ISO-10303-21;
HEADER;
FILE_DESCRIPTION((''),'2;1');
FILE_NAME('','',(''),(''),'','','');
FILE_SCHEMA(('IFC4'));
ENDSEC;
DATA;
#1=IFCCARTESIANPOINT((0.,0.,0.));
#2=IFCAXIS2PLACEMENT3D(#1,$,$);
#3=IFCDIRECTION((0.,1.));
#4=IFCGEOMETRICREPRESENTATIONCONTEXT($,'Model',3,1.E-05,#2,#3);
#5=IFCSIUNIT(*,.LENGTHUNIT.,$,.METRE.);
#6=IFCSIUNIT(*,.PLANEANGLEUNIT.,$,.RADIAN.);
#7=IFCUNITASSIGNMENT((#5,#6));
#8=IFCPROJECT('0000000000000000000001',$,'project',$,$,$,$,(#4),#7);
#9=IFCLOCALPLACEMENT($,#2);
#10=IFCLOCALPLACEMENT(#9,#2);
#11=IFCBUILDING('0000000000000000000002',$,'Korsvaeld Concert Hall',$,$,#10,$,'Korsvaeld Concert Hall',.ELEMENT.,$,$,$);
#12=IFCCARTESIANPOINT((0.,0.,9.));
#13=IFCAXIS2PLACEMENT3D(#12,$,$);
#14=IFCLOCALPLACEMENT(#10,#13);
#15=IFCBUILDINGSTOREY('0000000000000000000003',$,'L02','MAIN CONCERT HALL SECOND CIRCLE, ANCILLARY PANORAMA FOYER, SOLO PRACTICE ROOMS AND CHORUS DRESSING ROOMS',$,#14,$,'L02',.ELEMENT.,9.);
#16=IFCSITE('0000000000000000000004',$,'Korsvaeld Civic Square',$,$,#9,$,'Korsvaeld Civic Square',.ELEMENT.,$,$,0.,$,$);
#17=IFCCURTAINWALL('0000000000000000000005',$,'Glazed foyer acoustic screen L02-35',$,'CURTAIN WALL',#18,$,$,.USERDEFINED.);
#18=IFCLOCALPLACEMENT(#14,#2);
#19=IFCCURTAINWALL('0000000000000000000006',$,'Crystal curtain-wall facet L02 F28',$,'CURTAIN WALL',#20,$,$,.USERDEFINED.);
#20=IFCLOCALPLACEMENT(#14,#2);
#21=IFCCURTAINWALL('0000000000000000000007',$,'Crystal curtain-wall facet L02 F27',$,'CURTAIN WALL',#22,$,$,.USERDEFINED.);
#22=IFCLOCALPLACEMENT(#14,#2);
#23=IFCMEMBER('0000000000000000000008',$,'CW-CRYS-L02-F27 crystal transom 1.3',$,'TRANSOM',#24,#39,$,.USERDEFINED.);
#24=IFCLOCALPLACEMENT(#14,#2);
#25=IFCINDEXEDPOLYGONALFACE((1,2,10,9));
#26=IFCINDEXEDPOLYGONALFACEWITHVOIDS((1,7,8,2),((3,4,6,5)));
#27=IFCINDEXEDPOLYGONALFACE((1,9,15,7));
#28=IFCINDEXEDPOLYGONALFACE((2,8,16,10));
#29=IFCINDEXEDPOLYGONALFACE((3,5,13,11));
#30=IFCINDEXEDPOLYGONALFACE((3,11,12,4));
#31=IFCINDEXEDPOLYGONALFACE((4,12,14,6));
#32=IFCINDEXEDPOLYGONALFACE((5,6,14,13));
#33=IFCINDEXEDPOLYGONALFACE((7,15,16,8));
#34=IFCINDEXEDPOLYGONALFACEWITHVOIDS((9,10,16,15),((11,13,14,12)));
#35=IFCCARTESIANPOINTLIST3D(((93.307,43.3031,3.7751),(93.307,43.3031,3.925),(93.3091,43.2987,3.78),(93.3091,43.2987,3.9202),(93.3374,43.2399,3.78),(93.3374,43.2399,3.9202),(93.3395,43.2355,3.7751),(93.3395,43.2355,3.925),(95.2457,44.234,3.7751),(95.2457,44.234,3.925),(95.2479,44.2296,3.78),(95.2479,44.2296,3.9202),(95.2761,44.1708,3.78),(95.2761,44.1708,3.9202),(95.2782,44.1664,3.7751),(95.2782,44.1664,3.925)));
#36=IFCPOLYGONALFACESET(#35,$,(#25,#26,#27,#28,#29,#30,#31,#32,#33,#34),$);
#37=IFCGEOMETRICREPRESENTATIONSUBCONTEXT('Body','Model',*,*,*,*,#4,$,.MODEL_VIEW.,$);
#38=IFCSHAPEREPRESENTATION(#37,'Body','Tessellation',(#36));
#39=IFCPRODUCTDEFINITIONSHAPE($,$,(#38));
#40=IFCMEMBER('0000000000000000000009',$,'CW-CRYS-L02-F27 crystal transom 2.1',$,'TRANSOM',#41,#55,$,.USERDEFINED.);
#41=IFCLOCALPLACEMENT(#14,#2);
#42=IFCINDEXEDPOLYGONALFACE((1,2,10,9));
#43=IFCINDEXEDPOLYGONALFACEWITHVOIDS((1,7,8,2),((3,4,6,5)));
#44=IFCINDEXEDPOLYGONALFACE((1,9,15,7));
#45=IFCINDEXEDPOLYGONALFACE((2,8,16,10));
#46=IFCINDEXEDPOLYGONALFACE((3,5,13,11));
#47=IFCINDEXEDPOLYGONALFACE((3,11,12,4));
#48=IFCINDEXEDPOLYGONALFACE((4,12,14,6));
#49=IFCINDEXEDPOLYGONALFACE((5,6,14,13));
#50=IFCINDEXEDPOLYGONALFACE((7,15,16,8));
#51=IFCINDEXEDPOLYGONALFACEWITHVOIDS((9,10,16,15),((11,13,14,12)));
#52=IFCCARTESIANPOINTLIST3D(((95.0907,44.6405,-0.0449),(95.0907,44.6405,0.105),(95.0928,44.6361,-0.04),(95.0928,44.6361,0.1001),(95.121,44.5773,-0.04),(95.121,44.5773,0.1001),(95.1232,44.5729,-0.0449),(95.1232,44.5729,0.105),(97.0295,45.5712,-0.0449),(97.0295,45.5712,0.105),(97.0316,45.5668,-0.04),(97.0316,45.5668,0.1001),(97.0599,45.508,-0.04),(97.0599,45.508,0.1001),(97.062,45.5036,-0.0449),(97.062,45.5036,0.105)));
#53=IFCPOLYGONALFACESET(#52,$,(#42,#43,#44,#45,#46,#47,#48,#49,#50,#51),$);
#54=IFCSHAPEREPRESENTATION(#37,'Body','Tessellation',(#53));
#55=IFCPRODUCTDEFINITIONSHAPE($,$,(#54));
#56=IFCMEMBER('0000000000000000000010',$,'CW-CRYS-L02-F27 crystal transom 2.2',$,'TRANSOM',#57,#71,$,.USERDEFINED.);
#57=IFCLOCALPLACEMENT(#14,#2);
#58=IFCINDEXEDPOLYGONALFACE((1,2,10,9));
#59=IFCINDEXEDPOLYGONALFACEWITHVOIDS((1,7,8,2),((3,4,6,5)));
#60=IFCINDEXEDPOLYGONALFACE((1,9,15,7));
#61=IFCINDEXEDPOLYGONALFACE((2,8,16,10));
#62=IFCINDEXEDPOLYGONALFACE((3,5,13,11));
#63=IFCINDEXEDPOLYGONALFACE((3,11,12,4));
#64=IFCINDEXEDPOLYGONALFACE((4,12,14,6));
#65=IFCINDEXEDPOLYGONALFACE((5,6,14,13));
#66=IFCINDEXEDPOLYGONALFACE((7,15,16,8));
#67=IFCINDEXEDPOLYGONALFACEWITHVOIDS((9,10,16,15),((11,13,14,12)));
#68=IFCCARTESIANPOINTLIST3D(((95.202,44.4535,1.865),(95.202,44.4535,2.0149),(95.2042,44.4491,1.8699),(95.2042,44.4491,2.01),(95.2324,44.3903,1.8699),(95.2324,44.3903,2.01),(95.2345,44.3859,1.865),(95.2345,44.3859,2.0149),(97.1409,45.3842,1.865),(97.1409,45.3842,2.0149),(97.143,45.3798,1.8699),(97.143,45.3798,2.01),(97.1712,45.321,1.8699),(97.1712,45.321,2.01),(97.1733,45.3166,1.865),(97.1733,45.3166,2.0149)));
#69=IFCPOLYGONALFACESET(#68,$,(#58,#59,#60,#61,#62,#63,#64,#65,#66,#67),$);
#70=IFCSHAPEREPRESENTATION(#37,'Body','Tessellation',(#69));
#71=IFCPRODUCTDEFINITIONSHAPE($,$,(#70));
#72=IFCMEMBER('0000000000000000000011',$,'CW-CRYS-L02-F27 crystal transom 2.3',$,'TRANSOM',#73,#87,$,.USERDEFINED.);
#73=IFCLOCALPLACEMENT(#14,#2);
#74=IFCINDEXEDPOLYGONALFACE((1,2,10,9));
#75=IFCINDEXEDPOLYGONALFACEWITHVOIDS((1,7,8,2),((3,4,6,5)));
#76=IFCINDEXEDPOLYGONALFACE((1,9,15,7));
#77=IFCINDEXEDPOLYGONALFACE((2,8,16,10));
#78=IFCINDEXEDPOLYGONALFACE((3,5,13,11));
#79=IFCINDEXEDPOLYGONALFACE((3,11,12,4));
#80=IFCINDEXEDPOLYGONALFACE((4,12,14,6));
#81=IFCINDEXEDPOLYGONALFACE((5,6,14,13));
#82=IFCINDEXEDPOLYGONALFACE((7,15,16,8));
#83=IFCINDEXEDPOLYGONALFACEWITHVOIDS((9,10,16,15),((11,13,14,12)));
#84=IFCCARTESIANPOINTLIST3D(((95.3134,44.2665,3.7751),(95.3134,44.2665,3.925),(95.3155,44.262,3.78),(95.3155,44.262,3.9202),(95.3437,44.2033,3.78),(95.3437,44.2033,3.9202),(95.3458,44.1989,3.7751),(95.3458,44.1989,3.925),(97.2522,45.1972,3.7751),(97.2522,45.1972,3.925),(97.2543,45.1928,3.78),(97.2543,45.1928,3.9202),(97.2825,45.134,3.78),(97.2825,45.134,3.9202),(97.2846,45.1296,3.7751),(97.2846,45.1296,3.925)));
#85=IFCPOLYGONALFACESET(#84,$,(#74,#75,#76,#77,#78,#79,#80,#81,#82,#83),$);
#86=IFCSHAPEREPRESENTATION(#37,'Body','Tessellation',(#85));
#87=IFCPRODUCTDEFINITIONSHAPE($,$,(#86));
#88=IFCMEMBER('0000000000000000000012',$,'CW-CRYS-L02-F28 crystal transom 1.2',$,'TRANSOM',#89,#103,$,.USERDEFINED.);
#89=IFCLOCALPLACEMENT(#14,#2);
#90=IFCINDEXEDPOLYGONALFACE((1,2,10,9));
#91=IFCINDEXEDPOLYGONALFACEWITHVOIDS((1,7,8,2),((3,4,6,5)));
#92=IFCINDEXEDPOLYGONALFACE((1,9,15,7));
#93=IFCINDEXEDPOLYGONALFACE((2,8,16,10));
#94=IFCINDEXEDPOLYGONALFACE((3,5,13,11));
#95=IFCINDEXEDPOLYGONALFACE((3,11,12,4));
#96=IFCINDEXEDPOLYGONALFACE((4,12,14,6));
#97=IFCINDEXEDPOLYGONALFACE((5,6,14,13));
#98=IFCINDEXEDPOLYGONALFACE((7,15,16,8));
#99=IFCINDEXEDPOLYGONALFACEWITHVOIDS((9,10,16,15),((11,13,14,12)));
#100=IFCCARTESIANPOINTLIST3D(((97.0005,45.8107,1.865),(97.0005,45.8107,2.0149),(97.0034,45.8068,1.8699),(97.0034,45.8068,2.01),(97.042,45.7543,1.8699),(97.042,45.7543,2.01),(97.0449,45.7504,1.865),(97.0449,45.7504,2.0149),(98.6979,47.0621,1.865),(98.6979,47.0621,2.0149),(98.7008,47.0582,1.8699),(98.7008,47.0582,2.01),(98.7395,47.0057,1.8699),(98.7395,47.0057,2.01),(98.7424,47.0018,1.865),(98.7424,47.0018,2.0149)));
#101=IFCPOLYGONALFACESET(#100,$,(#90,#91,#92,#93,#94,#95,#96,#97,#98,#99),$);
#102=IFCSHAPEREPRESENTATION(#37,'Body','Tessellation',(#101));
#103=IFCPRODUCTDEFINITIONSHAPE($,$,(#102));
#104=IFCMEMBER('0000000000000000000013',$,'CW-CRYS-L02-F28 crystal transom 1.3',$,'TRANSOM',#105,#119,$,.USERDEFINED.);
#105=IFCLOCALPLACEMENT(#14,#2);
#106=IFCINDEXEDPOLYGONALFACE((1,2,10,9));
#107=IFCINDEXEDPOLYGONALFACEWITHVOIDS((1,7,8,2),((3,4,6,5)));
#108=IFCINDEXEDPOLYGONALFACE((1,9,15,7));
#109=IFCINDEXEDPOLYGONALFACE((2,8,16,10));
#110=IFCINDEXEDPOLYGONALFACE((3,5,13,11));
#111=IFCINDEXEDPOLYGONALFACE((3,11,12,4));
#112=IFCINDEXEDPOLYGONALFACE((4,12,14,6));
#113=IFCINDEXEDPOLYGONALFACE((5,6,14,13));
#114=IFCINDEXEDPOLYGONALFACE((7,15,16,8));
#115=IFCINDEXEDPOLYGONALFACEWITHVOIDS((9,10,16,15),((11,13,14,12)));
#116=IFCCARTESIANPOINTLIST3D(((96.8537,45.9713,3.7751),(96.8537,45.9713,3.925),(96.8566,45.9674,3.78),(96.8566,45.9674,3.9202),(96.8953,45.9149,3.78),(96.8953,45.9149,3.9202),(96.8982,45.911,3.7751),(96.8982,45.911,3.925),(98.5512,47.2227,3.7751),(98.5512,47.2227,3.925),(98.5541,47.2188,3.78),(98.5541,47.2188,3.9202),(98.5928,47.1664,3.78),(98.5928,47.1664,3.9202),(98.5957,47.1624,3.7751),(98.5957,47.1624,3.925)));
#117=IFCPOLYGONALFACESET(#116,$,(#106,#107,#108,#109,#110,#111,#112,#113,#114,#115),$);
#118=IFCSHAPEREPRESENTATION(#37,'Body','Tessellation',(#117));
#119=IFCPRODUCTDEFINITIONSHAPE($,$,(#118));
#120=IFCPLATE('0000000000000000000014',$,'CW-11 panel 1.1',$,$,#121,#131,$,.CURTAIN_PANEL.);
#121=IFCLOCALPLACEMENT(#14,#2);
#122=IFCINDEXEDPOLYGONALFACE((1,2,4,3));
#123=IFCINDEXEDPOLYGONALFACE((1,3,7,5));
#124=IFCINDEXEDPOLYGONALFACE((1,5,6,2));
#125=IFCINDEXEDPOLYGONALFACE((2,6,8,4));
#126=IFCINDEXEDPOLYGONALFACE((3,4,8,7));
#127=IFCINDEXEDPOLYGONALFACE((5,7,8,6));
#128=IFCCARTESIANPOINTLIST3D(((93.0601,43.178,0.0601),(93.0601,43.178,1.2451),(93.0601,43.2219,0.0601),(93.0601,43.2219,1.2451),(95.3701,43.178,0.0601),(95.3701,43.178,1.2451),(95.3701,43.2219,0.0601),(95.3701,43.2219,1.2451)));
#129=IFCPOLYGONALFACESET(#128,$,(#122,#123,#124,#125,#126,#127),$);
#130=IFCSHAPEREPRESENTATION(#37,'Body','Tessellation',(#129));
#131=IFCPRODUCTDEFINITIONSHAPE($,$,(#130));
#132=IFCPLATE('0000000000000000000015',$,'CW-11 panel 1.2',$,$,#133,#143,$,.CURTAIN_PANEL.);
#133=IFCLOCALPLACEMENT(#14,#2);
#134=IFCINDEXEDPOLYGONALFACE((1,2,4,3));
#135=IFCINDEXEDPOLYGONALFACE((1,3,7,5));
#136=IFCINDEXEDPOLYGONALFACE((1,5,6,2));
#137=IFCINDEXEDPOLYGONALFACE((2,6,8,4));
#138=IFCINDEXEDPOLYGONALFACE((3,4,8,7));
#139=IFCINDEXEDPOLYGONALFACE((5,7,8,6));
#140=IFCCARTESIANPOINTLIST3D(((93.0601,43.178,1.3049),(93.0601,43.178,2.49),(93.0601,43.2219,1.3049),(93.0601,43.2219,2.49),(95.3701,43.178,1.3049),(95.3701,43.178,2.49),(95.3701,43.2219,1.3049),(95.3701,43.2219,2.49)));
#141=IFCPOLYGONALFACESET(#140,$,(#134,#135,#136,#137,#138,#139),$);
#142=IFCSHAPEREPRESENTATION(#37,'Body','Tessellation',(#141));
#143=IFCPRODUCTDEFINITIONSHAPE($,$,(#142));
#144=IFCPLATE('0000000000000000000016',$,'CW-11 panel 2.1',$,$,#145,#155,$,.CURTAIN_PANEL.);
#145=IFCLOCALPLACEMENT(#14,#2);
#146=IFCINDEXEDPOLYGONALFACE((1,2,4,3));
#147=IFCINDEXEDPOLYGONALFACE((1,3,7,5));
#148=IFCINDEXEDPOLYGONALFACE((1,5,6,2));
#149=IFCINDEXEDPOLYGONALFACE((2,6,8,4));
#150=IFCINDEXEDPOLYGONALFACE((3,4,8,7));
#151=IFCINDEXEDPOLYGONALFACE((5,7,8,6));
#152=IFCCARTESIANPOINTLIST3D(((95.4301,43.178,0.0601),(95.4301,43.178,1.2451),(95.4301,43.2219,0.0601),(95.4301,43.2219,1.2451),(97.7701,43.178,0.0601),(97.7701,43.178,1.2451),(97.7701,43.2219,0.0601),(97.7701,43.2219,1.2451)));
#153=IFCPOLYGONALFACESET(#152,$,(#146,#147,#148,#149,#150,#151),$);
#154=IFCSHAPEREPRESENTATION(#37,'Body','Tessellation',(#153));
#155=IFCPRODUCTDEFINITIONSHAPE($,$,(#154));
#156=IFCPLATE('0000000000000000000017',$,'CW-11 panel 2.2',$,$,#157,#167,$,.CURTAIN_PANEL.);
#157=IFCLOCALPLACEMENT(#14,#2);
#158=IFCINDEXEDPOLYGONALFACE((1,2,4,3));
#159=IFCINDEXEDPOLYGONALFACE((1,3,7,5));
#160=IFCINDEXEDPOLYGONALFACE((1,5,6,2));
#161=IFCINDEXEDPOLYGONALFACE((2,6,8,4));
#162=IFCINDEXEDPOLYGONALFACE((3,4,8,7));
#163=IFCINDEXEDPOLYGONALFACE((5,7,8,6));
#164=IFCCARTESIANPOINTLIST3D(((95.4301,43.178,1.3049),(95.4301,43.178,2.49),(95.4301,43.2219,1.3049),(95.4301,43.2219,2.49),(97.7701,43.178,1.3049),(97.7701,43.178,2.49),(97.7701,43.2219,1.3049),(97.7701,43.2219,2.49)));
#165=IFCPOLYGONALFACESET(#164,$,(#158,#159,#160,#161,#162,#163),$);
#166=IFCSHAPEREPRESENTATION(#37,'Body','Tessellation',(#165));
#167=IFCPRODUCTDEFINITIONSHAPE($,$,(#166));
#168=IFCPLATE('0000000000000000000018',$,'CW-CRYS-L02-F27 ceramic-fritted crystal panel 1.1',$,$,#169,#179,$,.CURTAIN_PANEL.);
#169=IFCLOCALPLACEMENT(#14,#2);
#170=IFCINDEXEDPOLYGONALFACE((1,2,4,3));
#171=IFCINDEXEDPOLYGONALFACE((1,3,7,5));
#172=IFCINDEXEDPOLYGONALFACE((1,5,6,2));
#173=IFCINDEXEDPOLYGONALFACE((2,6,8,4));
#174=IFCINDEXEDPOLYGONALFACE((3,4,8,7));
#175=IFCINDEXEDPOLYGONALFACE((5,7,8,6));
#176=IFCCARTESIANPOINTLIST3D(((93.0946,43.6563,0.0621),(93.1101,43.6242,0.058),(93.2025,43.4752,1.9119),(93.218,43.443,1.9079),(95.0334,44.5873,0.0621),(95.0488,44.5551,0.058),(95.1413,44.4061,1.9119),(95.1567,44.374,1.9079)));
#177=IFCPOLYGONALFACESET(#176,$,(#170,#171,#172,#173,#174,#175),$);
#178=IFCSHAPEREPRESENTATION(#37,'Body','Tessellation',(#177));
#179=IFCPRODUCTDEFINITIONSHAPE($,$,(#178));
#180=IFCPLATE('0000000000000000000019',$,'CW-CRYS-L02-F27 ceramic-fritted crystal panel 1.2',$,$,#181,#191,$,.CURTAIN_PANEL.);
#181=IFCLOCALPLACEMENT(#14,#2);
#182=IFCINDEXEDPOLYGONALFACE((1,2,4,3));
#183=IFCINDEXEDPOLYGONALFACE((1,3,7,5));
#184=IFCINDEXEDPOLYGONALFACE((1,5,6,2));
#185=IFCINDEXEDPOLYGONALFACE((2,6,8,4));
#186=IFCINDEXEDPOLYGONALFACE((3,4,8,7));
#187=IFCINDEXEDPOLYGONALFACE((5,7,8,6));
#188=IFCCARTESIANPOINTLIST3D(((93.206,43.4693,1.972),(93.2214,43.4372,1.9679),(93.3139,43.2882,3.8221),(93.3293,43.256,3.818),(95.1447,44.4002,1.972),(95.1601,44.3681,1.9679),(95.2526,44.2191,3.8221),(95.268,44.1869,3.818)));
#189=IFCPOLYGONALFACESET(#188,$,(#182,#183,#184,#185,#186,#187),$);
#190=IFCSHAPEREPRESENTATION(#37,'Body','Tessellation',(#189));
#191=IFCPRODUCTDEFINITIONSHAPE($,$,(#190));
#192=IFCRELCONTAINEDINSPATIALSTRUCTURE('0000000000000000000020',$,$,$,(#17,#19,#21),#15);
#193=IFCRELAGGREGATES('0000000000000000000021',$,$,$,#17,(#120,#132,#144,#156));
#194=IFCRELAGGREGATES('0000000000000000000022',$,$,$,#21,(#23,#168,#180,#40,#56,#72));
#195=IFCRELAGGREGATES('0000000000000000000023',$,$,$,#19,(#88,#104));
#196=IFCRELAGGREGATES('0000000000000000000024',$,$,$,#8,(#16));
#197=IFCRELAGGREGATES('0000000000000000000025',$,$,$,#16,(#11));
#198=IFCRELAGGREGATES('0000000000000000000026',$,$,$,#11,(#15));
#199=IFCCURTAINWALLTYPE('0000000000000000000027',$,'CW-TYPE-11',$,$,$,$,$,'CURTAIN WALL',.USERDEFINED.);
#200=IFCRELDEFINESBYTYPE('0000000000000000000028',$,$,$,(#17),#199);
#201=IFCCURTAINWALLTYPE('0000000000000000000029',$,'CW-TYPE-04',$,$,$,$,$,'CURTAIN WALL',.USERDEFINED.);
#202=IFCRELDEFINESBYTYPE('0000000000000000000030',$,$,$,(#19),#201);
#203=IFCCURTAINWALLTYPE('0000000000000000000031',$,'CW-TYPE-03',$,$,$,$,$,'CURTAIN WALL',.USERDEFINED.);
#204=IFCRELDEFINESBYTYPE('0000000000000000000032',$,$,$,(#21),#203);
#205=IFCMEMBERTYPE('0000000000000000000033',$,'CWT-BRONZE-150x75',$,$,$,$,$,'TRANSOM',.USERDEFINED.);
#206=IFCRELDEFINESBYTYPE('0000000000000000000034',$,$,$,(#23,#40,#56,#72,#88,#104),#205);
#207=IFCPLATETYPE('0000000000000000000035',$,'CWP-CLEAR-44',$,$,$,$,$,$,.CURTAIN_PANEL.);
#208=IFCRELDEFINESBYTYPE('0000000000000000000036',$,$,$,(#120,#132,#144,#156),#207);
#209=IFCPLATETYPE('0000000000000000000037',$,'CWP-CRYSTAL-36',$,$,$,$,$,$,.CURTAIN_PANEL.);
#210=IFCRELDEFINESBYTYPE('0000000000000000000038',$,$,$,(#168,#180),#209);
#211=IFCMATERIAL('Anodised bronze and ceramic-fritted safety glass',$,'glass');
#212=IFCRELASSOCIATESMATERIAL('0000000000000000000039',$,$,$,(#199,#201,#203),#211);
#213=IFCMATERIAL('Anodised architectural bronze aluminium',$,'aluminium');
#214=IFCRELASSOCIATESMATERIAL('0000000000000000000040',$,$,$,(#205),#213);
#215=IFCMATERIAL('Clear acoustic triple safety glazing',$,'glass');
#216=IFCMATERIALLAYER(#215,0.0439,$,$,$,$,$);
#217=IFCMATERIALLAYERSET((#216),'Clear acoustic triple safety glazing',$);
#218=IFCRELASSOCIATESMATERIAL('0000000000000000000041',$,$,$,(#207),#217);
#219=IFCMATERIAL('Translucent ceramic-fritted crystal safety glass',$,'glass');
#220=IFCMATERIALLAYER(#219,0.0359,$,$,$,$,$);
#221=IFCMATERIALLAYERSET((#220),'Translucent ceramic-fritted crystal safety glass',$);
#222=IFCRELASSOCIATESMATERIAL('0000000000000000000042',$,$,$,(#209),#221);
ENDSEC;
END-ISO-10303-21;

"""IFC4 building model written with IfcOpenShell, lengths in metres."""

from ifc_helpers import new_model, si_unit, direction, frame, origin, origin_2d, place, context, subcontext, project, spatial, polyline, rectangle, hollow_rectangle, outline, extrude, material, layer, layer_set, material_profile, profile_set, type_object, element, aggregate, save


model = new_model("IFC4")

# Units and contexts
model_context = context("Model", 3, precision=1e-05, world=origin(), true_north=direction((0.0, 1.0)))
body_context = subcontext(model_context, "Body", "Model", "MODEL_VIEW")
ifc_project = project(units=[si_unit("LENGTHUNIT", "METRE"), si_unit("PLANEANGLEUNIT", "RADIAN")], contexts=[model_context])

# Site, building, storey
site_placement = place(None, origin())
site = spatial("IfcSite", under=ifc_project, at=site_placement, Name="Korsvaeld Civic Square", LongName="Korsvaeld Civic Square", CompositionType="ELEMENT", RefElevation=0.0)
building_placement = place(site_placement, origin())
building = spatial("IfcBuilding", under=site, at=building_placement, Name="Korsvaeld Concert Hall", LongName="Korsvaeld Concert Hall", CompositionType="ELEMENT")
storey_placement = place(building_placement, frame((0.0, 0.0, 9.0)))
storey = spatial("IfcBuildingStorey", under=building, at=storey_placement, Name="L02", Description="MAIN CONCERT HALL SECOND CIRCLE, ANCILLARY PANORAMA FOYER, SOLO PRACTICE ROOMS AND CHORUS DRESSING ROOMS", LongName="L02", CompositionType="ELEMENT", Elevation=9.0)

# Curtain walls
ifc_material_1 = material(Name="Anodised bronze and ceramic-fritted safety glass", Category="glass")
curtain_wall_type_1 = type_object("IfcCurtainWallType", Name="CW-TYPE-11", ElementType="CURTAIN WALL", PredefinedType="USERDEFINED", material=ifc_material_1)
curtain_wall_1_placement = place(storey_placement, origin())
curtain_wall_1 = element("IfcCurtainWall", 1, at=curtain_wall_1_placement, inside=storey, type_object=curtain_wall_type_1, Name="Glazed foyer acoustic screen L02-35", ObjectType="CURTAIN WALL", PredefinedType="USERDEFINED")
ifc_material_2 = material(Name="Anodised architectural bronze aluminium", Category="aluminium")
curtain_wall_type_2 = type_object("IfcCurtainWallType", Name="CW-TYPE-04", ElementType="CURTAIN WALL", PredefinedType="USERDEFINED", material=ifc_material_1)
curtain_wall_2_placement = place(storey_placement, origin())
curtain_wall_2 = element("IfcCurtainWall", 2, at=curtain_wall_2_placement, inside=storey, type_object=curtain_wall_type_2, Name="Crystal curtain-wall facet L02 F28", ObjectType="CURTAIN WALL", PredefinedType="USERDEFINED")

# Curtain wall
curtain_wall_type_3 = type_object("IfcCurtainWallType", Name="CW-TYPE-03", ElementType="CURTAIN WALL", PredefinedType="USERDEFINED", material=ifc_material_1)
curtain_wall_3_placement = place(storey_placement, origin())
curtain_wall_3 = element("IfcCurtainWall", 3, at=curtain_wall_3_placement, inside=storey, type_object=curtain_wall_type_3, Name="Crystal curtain-wall facet L02 F27", ObjectType="CURTAIN WALL", PredefinedType="USERDEFINED")

# Members
ifc_material_profile_1 = material_profile(ifc_material_2, hollow_rectangle(XDim=0.075, YDim=0.1499, WallThickness=0.0049, at=origin_2d()), Name="CWT 150x75x5")
ifc_profile_set_1 = profile_set([ifc_material_profile_1], Name="Anodised architectural bronze aluminium")
member_type_1 = type_object("IfcMemberType", Name="CWT-BRONZE-150x75", ElementType="TRANSOM", PredefinedType="USERDEFINED", material=ifc_profile_set_1)
member_1_placement = place(storey_placement, frame((93.3232, 43.2693, 3.8501), z_axis=(0.901465, 0.432853, 0.0), x_axis=(-0.432853, 0.901465, 0.0)))
member_1 = element("IfcMember", 4, at=member_1_placement, type_object=member_type_1, Name="CW-CRYS-L02-F27 crystal transom 1.3", ObjectType="TRANSOM", PredefinedType="USERDEFINED", context=body_context, shape_type="SweptSolid", body=[
    extrude(hollow_rectangle(XDim=0.075, YDim=0.1499, WallThickness=0.0049, at=origin_2d()), origin(), (0.0, 0.0, 1.0), 2.1506),
])
member_2_placement = place(storey_placement, frame((95.1069, 44.6067, 0.03), z_axis=(0.901509, 0.432761, 0.0), x_axis=(-0.432761, 0.901509, 0.0)))
member_2 = element("IfcMember", 5, at=member_2_placement, type_object=member_type_1, Name="CW-CRYS-L02-F27 crystal transom 2.1", ObjectType="TRANSOM", PredefinedType="USERDEFINED", context=body_context, shape_type="SweptSolid", body=[
    extrude(hollow_rectangle(XDim=0.075, YDim=0.1499, WallThickness=0.0049, at=origin_2d()), origin(), (0.0, 0.0, 1.0), 2.1506),
])
member_3_placement = place(storey_placement, frame((95.2183, 44.4197, 1.9399), z_axis=(0.901509, 0.432761, 0.0), x_axis=(-0.432761, 0.901509, 0.0)))
member_3 = element("IfcMember", 6, at=member_3_placement, type_object=member_type_1, Name="CW-CRYS-L02-F27 crystal transom 2.2", ObjectType="TRANSOM", PredefinedType="USERDEFINED", context=body_context, shape_type="SweptSolid", body=[
    extrude(hollow_rectangle(XDim=0.075, YDim=0.1499, WallThickness=0.0049, at=origin_2d()), origin(), (0.0, 0.0, 1.0), 2.1506),
])
member_4_placement = place(storey_placement, frame((95.3296, 44.2327, 3.8501), z_axis=(0.901509, 0.432761, 0.0), x_axis=(-0.432761, 0.901509, 0.0)))
member_4 = element("IfcMember", 7, at=member_4_placement, type_object=member_type_1, Name="CW-CRYS-L02-F27 crystal transom 2.3", ObjectType="TRANSOM", PredefinedType="USERDEFINED", context=body_context, shape_type="SweptSolid", body=[
    extrude(hollow_rectangle(XDim=0.075, YDim=0.1499, WallThickness=0.0049, at=origin_2d()), origin(), (0.0, 0.0, 1.0), 2.1506),
])
member_5_placement = place(storey_placement, frame((97.0227, 45.7805, 1.9399), z_axis=(0.804905, 0.593404, 0.0), x_axis=(-0.593404, 0.804905, 0.0)))
member_5 = element("IfcMember", 8, at=member_5_placement, type_object=member_type_1, Name="CW-CRYS-L02-F28 crystal transom 1.2", ObjectType="TRANSOM", PredefinedType="USERDEFINED", context=body_context, shape_type="SweptSolid", body=[
    extrude(hollow_rectangle(XDim=0.075, YDim=0.1499, WallThickness=0.0049, at=origin_2d()), origin(), (0.0, 0.0, 1.0), 2.1089),
])
member_6_placement = place(storey_placement, frame((96.876, 45.9412, 3.8501), z_axis=(0.804905, 0.593404, 0.0), x_axis=(-0.593404, 0.804905, 0.0)))
member_6 = element("IfcMember", 9, at=member_6_placement, type_object=member_type_1, Name="CW-CRYS-L02-F28 crystal transom 1.3", ObjectType="TRANSOM", PredefinedType="USERDEFINED", context=body_context, shape_type="SweptSolid", body=[
    extrude(hollow_rectangle(XDim=0.075, YDim=0.1499, WallThickness=0.0049, at=origin_2d()), origin(), (0.0, 0.0, 1.0), 2.1089),
])

# Plates
ifc_material_3 = material(Name="Clear acoustic triple safety glazing", Category="glass")
ifc_layer_1 = layer(ifc_material_3, 0.0439)
ifc_layer_set_1 = layer_set([ifc_layer_1], Name="Clear acoustic triple safety glazing")
plate_type_1 = type_object("IfcPlateType", Name="CWP-CLEAR-44", PredefinedType="CURTAIN_PANEL", material=ifc_layer_set_1)
plate_1_placement = place(storey_placement, frame((94.2151, 43.2, 0.0601), z_axis=(0.0, 0.0, 1.0), x_axis=(1.0, 0.0, 0.0)))
plate_1 = element("IfcPlate", 10, at=plate_1_placement, type_object=plate_type_1, Name="CW-11 panel 1.1", PredefinedType="CURTAIN_PANEL", context=body_context, shape_type="SweptSolid", body=[
    extrude(rectangle(XDim=2.3101, YDim=0.0439, at=origin_2d()), origin(), (0.0, 0.0, 1.0), 1.1851),
])
plate_2_placement = place(storey_placement, frame((94.2151, 43.2, 1.3049), z_axis=(0.0, 0.0, 1.0), x_axis=(1.0, 0.0, 0.0)))
plate_2 = element("IfcPlate", 11, at=plate_2_placement, type_object=plate_type_1, Name="CW-11 panel 1.2", PredefinedType="CURTAIN_PANEL", context=body_context, shape_type="SweptSolid", body=[
    extrude(rectangle(XDim=2.3101, YDim=0.0439, at=origin_2d()), origin(), (0.0, 0.0, 1.0), 1.1851),
])
plate_3_placement = place(storey_placement, frame((96.6001, 43.2, 0.0601), z_axis=(0.0, 0.0, 1.0), x_axis=(1.0, 0.0, 0.0)))
plate_3 = element("IfcPlate", 12, at=plate_3_placement, type_object=plate_type_1, Name="CW-11 panel 2.1", PredefinedType="CURTAIN_PANEL", context=body_context, shape_type="SweptSolid", body=[
    extrude(rectangle(XDim=2.3401, YDim=0.0439, at=origin_2d()), origin(), (0.0, 0.0, 1.0), 1.1851),
])
plate_4_placement = place(storey_placement, frame((96.6001, 43.2, 1.3049), z_axis=(0.0, 0.0, 1.0), x_axis=(1.0, 0.0, 0.0)))
plate_4 = element("IfcPlate", 13, at=plate_4_placement, type_object=plate_type_1, Name="CW-11 panel 2.2", PredefinedType="CURTAIN_PANEL", context=body_context, shape_type="SweptSolid", body=[
    extrude(rectangle(XDim=2.3401, YDim=0.0439, at=origin_2d()), origin(), (0.0, 0.0, 1.0), 1.1851),
])
aggregate(curtain_wall_1, [plate_1, plate_2, plate_3, plate_4])
ifc_material_4 = material(Name="Translucent ceramic-fritted crystal safety glass", Category="glass")
ifc_layer_2 = layer(ifc_material_4, 0.0359)
ifc_layer_set_2 = layer_set([ifc_layer_2], Name="Translucent ceramic-fritted crystal safety glass")
plate_type_2 = type_object("IfcPlateType", Name="CWP-CRYSTAL-36", PredefinedType="CURTAIN_PANEL", material=ifc_layer_set_2)
plate_5_placement = place(storey_placement, frame((93.1023, 43.6404, 0.0601), z_axis=(0.43009, -0.895711, -0.112804), x_axis=(0.901465, 0.432853, 0.0)))
plate_5 = element("IfcPlate", 14, at=plate_5_placement, type_object=plate_type_2, Name="CW-CRYS-L02-F27 ceramic-fritted crystal panel 1.1", PredefinedType="CURTAIN_PANEL", context=body_context, shape_type="SweptSolid", body=[
    extrude(outline(polyline([(0.0, 0.0), (2.1506, 0.0), (2.1695, 1.8617), (0.0189, 1.8617), (0.0, 0.0)])), frame((0.0, 0.0, 0.0181)), (0.0, 0.0, -1.0), 0.0359),
])
plate_6_placement = place(storey_placement, frame((93.2136, 43.4534, 1.97), z_axis=(0.430091, -0.895712, -0.112789), x_axis=(0.901465, 0.432853, 0.0)))
plate_6 = element("IfcPlate", 15, at=plate_6_placement, type_object=plate_type_2, Name="CW-CRYS-L02-F27 ceramic-fritted crystal panel 1.2", PredefinedType="CURTAIN_PANEL", context=body_context, shape_type="SweptSolid", body=[
    extrude(outline(polyline([(0.0, 0.0), (2.1506, 0.0), (2.1695, 1.862), (0.0189, 1.862), (0.0, 0.0)])), frame((0.0, 0.0, 0.0181)), (0.0, 0.0, -1.0), 0.0359),
])
aggregate(curtain_wall_3, [member_1, plate_5, plate_6, member_2, member_3, member_4])
aggregate(curtain_wall_2, [member_5, member_6])

save(model, "model.ifc")
